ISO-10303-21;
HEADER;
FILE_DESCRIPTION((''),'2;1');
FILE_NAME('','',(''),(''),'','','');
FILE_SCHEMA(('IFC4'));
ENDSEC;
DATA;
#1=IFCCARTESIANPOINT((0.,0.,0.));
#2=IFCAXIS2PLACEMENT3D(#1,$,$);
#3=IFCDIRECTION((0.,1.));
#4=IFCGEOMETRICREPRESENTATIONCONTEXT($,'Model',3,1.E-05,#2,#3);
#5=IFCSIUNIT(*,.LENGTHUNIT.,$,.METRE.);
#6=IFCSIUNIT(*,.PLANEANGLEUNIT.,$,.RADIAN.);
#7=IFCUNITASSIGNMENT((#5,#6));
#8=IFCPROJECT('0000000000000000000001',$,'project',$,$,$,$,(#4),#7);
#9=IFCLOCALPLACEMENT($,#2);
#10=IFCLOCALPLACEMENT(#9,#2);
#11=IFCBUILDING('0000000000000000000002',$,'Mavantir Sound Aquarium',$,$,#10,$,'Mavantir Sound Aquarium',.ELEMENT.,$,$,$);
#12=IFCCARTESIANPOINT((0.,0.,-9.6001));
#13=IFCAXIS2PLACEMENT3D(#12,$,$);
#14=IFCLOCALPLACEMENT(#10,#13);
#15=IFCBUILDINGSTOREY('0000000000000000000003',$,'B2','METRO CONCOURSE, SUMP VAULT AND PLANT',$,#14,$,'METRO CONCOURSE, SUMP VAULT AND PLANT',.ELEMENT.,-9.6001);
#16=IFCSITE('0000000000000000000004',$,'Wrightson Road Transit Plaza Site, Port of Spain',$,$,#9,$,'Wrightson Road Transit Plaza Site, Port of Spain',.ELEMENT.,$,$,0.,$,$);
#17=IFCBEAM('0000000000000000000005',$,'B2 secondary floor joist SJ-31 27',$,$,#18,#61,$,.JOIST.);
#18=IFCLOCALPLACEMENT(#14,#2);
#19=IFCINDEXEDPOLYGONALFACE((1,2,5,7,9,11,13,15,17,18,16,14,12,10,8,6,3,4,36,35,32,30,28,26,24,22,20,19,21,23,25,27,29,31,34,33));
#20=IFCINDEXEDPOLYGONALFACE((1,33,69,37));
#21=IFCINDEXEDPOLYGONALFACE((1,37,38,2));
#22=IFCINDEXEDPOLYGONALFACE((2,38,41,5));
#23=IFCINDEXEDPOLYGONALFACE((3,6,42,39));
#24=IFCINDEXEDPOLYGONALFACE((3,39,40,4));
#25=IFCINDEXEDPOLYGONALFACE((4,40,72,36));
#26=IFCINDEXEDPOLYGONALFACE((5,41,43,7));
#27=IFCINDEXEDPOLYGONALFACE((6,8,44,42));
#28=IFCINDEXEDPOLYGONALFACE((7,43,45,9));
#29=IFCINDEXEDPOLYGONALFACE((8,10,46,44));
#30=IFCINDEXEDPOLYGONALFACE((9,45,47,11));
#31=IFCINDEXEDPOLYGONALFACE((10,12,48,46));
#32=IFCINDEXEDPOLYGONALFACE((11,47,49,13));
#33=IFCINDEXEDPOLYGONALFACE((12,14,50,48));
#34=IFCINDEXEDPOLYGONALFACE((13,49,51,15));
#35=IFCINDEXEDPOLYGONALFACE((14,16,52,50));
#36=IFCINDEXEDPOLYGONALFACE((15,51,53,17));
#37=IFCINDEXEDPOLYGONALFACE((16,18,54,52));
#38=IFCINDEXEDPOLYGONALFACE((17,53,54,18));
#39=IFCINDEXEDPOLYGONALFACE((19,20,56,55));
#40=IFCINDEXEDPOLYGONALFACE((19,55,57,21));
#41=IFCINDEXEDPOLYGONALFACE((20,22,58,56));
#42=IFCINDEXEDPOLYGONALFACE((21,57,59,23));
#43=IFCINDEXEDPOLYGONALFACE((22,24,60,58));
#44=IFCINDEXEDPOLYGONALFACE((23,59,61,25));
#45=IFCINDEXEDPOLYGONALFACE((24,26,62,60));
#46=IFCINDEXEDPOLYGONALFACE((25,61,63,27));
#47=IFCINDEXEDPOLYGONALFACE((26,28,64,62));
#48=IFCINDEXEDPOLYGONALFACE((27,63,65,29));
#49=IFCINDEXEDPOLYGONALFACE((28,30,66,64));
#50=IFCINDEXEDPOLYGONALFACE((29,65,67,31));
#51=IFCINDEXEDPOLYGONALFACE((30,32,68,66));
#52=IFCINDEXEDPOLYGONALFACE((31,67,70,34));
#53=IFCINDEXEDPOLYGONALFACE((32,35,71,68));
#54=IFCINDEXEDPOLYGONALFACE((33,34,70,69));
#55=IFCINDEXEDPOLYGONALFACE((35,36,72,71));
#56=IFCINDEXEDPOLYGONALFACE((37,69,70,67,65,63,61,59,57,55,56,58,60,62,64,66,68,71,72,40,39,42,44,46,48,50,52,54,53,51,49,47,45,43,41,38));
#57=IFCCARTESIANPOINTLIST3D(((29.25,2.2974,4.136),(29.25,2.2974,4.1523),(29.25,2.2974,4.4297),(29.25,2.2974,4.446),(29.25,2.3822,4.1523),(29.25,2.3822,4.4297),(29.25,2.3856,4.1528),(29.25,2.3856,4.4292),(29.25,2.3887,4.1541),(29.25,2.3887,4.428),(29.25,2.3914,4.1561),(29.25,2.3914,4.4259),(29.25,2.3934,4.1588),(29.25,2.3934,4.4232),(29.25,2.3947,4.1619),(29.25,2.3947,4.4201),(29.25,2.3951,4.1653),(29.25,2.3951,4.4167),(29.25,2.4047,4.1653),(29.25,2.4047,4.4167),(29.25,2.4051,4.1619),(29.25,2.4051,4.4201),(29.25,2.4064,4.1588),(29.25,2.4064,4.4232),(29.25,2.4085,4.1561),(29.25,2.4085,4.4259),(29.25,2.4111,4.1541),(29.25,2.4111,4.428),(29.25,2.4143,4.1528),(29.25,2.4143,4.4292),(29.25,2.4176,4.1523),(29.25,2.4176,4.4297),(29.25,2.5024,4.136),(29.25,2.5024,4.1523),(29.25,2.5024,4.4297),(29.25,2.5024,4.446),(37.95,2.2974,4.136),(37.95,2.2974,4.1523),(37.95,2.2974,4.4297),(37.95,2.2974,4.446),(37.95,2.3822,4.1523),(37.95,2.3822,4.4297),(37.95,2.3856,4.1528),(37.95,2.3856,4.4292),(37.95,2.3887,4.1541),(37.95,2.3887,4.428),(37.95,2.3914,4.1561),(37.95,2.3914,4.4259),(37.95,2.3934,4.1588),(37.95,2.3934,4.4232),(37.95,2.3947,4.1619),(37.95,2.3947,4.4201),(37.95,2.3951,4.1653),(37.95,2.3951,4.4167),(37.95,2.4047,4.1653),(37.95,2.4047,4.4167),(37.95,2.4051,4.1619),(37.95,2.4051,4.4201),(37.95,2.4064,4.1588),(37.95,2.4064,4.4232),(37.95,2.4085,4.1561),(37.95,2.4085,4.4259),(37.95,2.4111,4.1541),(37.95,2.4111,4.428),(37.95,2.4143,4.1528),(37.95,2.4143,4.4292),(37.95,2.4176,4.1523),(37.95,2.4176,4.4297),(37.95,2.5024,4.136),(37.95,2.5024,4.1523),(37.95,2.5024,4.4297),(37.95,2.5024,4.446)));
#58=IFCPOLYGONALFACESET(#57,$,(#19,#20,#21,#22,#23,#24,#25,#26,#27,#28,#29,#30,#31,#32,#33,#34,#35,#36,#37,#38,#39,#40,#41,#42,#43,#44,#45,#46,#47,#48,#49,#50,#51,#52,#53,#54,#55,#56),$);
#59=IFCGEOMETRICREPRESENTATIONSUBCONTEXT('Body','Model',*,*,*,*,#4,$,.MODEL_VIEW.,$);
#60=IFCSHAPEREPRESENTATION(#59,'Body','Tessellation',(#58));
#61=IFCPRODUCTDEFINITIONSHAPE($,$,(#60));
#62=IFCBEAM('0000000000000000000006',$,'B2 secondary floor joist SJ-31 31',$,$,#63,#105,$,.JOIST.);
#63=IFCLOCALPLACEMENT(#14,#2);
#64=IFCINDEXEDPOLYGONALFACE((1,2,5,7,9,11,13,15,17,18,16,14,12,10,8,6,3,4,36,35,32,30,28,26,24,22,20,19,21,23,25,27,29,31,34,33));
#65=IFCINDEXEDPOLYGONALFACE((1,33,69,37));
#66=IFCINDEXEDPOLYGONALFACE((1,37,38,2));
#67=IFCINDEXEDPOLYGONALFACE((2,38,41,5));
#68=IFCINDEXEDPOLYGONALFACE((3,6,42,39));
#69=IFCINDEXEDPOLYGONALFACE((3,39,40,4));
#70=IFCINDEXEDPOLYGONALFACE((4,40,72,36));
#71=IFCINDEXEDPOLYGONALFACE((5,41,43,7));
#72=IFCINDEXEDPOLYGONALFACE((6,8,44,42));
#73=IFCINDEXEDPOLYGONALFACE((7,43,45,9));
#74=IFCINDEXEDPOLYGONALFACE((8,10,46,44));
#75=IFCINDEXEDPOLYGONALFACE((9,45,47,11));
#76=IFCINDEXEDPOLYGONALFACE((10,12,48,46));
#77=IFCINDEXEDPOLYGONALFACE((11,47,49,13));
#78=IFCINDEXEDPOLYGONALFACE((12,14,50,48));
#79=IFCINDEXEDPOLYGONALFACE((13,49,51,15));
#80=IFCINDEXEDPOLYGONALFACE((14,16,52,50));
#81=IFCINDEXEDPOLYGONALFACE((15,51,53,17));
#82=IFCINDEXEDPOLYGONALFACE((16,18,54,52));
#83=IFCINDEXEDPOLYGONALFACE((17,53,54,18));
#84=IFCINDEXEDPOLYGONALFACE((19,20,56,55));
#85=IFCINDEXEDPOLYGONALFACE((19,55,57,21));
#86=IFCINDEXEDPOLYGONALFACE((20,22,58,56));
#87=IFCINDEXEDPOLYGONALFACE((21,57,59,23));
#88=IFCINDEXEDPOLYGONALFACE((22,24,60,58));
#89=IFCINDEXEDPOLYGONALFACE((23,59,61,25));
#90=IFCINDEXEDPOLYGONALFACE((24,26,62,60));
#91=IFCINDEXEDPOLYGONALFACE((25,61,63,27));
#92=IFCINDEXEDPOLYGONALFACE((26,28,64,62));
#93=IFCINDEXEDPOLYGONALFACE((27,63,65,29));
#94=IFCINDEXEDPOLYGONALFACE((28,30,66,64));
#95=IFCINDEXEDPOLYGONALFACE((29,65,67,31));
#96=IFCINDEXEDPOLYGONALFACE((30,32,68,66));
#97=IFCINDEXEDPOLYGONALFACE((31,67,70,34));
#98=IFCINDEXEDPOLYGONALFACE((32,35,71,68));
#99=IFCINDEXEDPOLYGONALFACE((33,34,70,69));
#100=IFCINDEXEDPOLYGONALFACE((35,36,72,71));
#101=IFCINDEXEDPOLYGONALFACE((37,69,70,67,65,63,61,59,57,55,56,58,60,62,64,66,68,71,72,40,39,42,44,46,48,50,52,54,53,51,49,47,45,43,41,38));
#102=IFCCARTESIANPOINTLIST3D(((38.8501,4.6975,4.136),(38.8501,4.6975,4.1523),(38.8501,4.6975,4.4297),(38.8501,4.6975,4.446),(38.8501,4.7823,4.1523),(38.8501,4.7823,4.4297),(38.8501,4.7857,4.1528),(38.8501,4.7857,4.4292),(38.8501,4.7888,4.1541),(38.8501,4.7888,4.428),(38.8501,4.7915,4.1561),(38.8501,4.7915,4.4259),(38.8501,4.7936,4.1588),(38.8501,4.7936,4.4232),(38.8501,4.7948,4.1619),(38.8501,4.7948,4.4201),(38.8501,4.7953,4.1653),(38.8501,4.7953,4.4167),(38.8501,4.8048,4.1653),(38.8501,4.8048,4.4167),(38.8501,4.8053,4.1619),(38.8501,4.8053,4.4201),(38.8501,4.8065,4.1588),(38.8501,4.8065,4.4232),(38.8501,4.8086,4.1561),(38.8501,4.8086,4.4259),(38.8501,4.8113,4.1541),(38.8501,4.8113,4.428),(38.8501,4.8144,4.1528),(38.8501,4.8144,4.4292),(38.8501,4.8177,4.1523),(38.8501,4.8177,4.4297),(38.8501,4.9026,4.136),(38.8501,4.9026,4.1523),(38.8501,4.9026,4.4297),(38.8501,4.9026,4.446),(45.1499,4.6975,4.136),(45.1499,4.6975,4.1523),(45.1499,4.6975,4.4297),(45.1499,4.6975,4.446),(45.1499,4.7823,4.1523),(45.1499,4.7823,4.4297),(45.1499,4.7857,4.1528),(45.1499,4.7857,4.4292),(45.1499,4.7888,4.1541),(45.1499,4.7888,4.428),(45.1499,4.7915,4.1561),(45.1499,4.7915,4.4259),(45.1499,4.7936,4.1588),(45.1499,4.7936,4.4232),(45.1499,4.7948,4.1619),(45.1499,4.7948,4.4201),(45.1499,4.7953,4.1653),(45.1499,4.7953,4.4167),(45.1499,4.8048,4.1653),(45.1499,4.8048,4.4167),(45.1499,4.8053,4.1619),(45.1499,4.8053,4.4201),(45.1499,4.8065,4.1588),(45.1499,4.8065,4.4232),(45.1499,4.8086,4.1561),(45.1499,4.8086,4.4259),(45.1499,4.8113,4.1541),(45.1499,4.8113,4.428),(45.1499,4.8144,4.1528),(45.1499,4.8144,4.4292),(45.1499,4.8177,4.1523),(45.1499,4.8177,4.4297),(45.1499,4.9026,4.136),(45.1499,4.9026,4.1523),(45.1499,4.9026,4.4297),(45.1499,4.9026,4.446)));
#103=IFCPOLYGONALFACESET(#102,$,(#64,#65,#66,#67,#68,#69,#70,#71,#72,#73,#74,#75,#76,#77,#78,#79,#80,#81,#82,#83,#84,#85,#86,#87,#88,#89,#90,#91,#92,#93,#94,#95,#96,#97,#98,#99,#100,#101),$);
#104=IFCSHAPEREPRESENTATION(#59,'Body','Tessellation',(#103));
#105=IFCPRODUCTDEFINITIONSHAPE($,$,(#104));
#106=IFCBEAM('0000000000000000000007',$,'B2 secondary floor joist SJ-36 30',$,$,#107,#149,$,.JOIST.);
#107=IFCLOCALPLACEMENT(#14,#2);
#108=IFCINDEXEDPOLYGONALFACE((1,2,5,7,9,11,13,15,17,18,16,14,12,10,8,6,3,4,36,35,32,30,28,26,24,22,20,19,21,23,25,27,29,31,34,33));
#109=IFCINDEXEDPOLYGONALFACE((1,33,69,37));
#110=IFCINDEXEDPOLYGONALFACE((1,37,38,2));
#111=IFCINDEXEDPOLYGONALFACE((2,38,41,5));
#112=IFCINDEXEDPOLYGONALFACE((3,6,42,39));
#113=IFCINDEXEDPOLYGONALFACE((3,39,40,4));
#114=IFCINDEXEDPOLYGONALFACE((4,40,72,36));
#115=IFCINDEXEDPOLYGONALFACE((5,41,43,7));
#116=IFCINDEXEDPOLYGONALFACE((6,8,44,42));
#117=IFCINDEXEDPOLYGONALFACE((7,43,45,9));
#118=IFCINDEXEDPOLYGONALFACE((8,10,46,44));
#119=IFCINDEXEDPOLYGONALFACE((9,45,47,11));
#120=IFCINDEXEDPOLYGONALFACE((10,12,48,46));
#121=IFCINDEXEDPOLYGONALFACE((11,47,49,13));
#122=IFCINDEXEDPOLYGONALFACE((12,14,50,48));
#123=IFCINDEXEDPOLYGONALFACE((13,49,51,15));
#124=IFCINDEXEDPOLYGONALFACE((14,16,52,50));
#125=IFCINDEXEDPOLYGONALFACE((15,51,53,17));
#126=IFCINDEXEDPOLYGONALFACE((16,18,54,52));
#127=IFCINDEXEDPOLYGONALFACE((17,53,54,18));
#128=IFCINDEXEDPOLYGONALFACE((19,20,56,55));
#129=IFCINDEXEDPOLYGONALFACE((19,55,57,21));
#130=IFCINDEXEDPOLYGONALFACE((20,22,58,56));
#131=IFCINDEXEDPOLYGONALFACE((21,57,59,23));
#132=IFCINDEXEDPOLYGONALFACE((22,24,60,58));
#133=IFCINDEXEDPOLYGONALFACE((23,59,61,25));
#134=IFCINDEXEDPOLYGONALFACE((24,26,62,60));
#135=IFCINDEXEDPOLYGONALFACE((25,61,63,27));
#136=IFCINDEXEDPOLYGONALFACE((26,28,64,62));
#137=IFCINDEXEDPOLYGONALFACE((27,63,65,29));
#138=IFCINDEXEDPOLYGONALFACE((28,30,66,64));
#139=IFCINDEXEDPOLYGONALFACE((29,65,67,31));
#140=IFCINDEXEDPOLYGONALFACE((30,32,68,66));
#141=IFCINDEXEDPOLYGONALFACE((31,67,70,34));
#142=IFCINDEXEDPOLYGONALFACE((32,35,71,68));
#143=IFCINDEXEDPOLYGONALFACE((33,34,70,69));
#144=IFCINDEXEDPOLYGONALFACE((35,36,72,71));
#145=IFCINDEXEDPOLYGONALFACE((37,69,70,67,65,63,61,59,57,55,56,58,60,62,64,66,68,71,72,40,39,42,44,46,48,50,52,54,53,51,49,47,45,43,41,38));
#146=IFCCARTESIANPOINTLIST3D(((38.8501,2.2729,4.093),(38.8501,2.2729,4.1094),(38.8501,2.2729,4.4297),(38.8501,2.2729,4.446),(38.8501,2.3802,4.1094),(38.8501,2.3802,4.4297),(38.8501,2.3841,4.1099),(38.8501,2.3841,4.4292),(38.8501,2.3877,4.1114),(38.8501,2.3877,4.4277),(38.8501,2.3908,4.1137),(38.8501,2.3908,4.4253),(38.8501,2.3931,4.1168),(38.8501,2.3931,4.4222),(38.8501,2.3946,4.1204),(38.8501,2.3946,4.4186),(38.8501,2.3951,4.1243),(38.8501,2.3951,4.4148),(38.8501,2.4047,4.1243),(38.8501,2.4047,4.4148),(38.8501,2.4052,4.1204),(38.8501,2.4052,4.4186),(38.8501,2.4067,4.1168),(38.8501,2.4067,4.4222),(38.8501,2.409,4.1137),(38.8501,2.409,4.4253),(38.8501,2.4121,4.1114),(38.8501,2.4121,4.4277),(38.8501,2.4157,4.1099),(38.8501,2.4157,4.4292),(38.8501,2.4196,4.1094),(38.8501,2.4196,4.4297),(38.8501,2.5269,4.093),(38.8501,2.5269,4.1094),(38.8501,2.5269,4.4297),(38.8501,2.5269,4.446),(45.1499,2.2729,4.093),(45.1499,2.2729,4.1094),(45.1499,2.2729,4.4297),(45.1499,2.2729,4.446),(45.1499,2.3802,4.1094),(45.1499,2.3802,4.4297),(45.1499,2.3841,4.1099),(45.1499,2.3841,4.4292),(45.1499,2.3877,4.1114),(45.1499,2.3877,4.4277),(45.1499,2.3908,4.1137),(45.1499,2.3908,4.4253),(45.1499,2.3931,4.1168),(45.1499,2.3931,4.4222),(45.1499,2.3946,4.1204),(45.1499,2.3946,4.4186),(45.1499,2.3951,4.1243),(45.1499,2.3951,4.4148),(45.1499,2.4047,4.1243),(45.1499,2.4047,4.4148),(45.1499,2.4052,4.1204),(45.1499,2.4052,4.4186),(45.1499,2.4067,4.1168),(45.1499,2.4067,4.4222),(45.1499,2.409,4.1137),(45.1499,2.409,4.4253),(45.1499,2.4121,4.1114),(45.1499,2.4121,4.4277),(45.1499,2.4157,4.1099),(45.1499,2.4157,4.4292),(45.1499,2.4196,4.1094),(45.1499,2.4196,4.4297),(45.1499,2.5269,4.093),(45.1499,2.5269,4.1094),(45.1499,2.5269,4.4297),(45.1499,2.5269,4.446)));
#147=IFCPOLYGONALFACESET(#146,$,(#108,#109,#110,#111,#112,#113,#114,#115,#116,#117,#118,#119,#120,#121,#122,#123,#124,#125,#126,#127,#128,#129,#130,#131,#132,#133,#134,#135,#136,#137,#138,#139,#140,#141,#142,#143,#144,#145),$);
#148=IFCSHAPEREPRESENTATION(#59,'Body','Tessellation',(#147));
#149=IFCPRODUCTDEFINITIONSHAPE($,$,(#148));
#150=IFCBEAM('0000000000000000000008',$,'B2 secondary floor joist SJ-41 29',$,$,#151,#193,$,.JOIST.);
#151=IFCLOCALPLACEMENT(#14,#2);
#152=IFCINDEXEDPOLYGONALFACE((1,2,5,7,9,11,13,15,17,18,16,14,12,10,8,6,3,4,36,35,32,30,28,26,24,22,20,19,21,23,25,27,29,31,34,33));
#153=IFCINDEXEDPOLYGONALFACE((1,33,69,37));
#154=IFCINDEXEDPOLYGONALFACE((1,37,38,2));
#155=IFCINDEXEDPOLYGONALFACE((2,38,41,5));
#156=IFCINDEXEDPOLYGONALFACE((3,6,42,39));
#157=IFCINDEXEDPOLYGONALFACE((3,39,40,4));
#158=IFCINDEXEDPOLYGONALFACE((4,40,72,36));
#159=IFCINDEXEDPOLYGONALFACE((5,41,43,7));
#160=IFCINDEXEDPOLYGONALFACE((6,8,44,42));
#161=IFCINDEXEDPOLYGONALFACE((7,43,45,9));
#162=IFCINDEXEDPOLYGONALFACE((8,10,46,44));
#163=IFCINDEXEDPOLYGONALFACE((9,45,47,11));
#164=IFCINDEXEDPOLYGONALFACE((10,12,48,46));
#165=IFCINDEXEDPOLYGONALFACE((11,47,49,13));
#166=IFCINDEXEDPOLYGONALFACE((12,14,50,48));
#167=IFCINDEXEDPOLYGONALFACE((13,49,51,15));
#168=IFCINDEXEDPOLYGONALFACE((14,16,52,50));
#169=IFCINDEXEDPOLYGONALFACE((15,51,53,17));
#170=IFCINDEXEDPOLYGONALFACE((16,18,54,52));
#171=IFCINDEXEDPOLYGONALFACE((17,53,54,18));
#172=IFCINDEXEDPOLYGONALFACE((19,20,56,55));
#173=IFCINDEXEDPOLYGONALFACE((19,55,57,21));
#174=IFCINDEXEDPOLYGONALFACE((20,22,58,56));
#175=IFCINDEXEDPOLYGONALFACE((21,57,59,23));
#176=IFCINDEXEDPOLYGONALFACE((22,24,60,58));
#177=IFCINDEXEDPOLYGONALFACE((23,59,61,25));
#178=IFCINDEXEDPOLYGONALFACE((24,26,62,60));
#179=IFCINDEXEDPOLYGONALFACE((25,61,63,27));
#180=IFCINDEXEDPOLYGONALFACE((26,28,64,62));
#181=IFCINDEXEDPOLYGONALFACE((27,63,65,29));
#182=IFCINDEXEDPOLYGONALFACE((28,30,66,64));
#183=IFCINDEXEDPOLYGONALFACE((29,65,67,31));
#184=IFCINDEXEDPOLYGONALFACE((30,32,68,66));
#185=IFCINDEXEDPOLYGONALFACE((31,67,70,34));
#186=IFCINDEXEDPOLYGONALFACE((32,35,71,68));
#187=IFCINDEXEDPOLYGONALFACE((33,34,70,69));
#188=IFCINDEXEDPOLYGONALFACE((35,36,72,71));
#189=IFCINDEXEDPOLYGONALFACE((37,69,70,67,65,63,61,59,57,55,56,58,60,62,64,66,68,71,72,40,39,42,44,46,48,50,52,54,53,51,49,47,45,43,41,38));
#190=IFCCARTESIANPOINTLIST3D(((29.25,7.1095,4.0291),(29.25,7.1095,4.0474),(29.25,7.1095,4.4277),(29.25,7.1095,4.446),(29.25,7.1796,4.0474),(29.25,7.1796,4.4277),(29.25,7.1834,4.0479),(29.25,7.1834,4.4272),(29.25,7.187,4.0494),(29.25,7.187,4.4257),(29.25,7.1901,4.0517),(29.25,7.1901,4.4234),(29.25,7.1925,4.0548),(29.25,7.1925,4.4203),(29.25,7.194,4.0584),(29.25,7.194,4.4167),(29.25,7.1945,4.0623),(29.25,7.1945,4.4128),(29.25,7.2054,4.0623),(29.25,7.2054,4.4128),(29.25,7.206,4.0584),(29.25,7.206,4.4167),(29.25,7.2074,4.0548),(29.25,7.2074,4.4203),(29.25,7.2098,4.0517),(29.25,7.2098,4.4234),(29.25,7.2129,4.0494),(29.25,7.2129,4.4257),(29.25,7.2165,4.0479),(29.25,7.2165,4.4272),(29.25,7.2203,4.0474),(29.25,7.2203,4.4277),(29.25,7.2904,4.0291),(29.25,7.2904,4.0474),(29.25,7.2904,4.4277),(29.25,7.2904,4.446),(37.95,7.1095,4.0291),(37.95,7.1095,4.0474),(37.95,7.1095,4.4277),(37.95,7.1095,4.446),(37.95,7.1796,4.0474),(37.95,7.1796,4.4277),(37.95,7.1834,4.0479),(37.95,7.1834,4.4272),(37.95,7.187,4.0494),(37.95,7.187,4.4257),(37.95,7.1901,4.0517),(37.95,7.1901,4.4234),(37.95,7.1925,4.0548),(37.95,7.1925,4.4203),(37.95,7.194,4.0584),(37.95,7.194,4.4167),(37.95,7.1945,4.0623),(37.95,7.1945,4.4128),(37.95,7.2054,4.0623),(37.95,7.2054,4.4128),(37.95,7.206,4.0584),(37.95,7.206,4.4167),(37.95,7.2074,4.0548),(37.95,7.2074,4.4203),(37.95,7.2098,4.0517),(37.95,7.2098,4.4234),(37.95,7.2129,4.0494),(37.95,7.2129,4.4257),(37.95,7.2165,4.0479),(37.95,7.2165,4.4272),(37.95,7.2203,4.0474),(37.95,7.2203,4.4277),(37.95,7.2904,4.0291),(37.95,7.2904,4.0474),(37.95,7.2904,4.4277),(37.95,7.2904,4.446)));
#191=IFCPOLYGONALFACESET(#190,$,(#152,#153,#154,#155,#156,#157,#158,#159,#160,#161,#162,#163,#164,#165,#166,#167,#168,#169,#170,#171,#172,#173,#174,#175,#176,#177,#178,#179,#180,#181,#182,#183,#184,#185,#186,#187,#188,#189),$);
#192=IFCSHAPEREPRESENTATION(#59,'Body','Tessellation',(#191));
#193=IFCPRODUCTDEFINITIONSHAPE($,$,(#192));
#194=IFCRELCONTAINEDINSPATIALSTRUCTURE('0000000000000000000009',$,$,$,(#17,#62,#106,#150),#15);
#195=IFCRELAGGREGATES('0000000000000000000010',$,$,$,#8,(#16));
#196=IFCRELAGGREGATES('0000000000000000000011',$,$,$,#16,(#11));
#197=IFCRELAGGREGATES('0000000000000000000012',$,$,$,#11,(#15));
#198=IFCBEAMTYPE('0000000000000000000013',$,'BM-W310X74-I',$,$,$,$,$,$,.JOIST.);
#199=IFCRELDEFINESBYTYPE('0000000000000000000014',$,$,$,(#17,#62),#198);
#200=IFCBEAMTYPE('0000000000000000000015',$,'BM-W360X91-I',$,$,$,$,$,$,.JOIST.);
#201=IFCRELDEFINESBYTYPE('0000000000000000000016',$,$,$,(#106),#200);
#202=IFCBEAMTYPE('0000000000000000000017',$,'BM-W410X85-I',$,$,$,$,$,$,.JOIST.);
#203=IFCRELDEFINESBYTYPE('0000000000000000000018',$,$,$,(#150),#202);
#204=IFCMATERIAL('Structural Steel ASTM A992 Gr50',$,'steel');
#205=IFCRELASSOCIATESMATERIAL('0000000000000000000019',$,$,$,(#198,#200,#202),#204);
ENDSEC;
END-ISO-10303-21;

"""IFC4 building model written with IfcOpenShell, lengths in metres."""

from ifc_helpers import new_model, si_unit, direction, frame, origin, origin_2d, place, context, subcontext, project, spatial, i_section, extrude, material, material_profile, profile_set, type_object, element, save


model = new_model("IFC4")

# Units and contexts
model_context = context("Model", 3, precision=1e-05, world=origin(), true_north=direction((0.0, 1.0)))
body_context = subcontext(model_context, "Body", "Model", "MODEL_VIEW")
ifc_project = project(units=[si_unit("LENGTHUNIT", "METRE"), si_unit("PLANEANGLEUNIT", "RADIAN")], contexts=[model_context])

# Site, building, storey
site_placement = place(None, origin())
site = spatial("IfcSite", under=ifc_project, at=site_placement, Name="Wrightson Road Transit Plaza Site, Port of Spain", LongName="Wrightson Road Transit Plaza Site, Port of Spain", CompositionType="ELEMENT", RefElevation=0.0)
building_placement = place(site_placement, origin())
building = spatial("IfcBuilding", under=site, at=building_placement, Name="Mavantir Sound Aquarium", LongName="Mavantir Sound Aquarium", CompositionType="ELEMENT")
storey_placement = place(building_placement, frame((0.0, 0.0, -9.6001)))
storey = spatial("IfcBuildingStorey", under=building, at=storey_placement, Name="B2", Description="METRO CONCOURSE, SUMP VAULT AND PLANT", LongName="METRO CONCOURSE, SUMP VAULT AND PLANT", CompositionType="ELEMENT", Elevation=-9.6001)

# Beams
ifc_material_1 = material(Name="Structural Steel ASTM A992 Gr50", Category="steel")
ifc_material_profile_1 = material_profile(ifc_material_1, i_section(OverallWidth=0.2051, OverallDepth=0.3101, WebThickness=0.0095, FlangeThickness=0.0164, FilletRadius=0.0129, at=origin_2d()), Name="W310X74")
ifc_profile_set_1 = profile_set([ifc_material_profile_1], Name="Structural Steel ASTM A992 Gr50")
beam_type_1 = type_object("IfcBeamType", Name="BM-W310X74-I", PredefinedType="JOIST", material=ifc_profile_set_1)
beam_1_placement = place(storey_placement, frame((29.25, 2.3999, 4.291), z_axis=(1.0, 0.0, 0.0), x_axis=(0.0, 1.0, 0.0)))
element("IfcBeam", 1, at=beam_1_placement, inside=storey, type_object=beam_type_1, Name="B2 secondary floor joist SJ-31 27", PredefinedType="JOIST", context=body_context, shape_type="SweptSolid", body=[
    extrude(i_section(OverallWidth=0.2051, OverallDepth=0.3101, WebThickness=0.0095, FlangeThickness=0.0164, FilletRadius=0.0129, at=origin_2d()), origin(), (0.0, 0.0, 1.0), 8.7),
])
beam_2_placement = place(storey_placement, frame((38.8501, 4.8, 4.291), z_axis=(1.0, 0.0, 0.0), x_axis=(0.0, 1.0, 0.0)))
element("IfcBeam", 2, at=beam_2_placement, inside=storey, type_object=beam_type_1, Name="B2 secondary floor joist SJ-31 31", PredefinedType="JOIST", context=body_context, shape_type="SweptSolid", body=[
    extrude(i_section(OverallWidth=0.2051, OverallDepth=0.3101, WebThickness=0.0095, FlangeThickness=0.0164, FilletRadius=0.0129, at=origin_2d()), origin(), (0.0, 0.0, 1.0), 6.2998),
])
ifc_material_profile_2 = material_profile(ifc_material_1, i_section(OverallWidth=0.2539, OverallDepth=0.353, WebThickness=0.0095, FlangeThickness=0.0164, FilletRadius=0.0149, at=origin_2d()), Name="W360X91")
ifc_profile_set_2 = profile_set([ifc_material_profile_2], Name="Structural Steel ASTM A992 Gr50")
beam_type_2 = type_object("IfcBeamType", Name="BM-W360X91-I", PredefinedType="JOIST", material=ifc_profile_set_2)
beam_3_placement = place(storey_placement, frame((38.8501, 2.3999, 4.2695), z_axis=(1.0, 0.0, 0.0), x_axis=(0.0, 1.0, 0.0)))
element("IfcBeam", 3, at=beam_3_placement, inside=storey, type_object=beam_type_2, Name="B2 secondary floor joist SJ-36 30", PredefinedType="JOIST", context=body_context, shape_type="SweptSolid", body=[
    extrude(i_section(OverallWidth=0.2539, OverallDepth=0.353, WebThickness=0.0095, FlangeThickness=0.0164, FilletRadius=0.0149, at=origin_2d()), origin(), (0.0, 0.0, 1.0), 6.2998),
])
ifc_material_profile_3 = material_profile(ifc_material_1, i_section(OverallWidth=0.1809, OverallDepth=0.417, WebThickness=0.011, FlangeThickness=0.0183, FilletRadius=0.0149, at=origin_2d()), Name="W410X85")
ifc_profile_set_3 = profile_set([ifc_material_profile_3], Name="Structural Steel ASTM A992 Gr50")
beam_type_3 = type_object("IfcBeamType", Name="BM-W410X85-I", PredefinedType="JOIST", material=ifc_profile_set_3)
beam_4_placement = place(storey_placement, frame((29.25, 7.2, 4.2375), z_axis=(1.0, 0.0, 0.0), x_axis=(0.0, 1.0, 0.0)))
element("IfcBeam", 4, at=beam_4_placement, inside=storey, type_object=beam_type_3, Name="B2 secondary floor joist SJ-41 29", PredefinedType="JOIST", context=body_context, shape_type="SweptSolid", body=[
    extrude(i_section(OverallWidth=0.1809, OverallDepth=0.417, WebThickness=0.011, FlangeThickness=0.0183, FilletRadius=0.0149, at=origin_2d()), origin(), (0.0, 0.0, 1.0), 8.7),
])

save(model, "model.ifc")
